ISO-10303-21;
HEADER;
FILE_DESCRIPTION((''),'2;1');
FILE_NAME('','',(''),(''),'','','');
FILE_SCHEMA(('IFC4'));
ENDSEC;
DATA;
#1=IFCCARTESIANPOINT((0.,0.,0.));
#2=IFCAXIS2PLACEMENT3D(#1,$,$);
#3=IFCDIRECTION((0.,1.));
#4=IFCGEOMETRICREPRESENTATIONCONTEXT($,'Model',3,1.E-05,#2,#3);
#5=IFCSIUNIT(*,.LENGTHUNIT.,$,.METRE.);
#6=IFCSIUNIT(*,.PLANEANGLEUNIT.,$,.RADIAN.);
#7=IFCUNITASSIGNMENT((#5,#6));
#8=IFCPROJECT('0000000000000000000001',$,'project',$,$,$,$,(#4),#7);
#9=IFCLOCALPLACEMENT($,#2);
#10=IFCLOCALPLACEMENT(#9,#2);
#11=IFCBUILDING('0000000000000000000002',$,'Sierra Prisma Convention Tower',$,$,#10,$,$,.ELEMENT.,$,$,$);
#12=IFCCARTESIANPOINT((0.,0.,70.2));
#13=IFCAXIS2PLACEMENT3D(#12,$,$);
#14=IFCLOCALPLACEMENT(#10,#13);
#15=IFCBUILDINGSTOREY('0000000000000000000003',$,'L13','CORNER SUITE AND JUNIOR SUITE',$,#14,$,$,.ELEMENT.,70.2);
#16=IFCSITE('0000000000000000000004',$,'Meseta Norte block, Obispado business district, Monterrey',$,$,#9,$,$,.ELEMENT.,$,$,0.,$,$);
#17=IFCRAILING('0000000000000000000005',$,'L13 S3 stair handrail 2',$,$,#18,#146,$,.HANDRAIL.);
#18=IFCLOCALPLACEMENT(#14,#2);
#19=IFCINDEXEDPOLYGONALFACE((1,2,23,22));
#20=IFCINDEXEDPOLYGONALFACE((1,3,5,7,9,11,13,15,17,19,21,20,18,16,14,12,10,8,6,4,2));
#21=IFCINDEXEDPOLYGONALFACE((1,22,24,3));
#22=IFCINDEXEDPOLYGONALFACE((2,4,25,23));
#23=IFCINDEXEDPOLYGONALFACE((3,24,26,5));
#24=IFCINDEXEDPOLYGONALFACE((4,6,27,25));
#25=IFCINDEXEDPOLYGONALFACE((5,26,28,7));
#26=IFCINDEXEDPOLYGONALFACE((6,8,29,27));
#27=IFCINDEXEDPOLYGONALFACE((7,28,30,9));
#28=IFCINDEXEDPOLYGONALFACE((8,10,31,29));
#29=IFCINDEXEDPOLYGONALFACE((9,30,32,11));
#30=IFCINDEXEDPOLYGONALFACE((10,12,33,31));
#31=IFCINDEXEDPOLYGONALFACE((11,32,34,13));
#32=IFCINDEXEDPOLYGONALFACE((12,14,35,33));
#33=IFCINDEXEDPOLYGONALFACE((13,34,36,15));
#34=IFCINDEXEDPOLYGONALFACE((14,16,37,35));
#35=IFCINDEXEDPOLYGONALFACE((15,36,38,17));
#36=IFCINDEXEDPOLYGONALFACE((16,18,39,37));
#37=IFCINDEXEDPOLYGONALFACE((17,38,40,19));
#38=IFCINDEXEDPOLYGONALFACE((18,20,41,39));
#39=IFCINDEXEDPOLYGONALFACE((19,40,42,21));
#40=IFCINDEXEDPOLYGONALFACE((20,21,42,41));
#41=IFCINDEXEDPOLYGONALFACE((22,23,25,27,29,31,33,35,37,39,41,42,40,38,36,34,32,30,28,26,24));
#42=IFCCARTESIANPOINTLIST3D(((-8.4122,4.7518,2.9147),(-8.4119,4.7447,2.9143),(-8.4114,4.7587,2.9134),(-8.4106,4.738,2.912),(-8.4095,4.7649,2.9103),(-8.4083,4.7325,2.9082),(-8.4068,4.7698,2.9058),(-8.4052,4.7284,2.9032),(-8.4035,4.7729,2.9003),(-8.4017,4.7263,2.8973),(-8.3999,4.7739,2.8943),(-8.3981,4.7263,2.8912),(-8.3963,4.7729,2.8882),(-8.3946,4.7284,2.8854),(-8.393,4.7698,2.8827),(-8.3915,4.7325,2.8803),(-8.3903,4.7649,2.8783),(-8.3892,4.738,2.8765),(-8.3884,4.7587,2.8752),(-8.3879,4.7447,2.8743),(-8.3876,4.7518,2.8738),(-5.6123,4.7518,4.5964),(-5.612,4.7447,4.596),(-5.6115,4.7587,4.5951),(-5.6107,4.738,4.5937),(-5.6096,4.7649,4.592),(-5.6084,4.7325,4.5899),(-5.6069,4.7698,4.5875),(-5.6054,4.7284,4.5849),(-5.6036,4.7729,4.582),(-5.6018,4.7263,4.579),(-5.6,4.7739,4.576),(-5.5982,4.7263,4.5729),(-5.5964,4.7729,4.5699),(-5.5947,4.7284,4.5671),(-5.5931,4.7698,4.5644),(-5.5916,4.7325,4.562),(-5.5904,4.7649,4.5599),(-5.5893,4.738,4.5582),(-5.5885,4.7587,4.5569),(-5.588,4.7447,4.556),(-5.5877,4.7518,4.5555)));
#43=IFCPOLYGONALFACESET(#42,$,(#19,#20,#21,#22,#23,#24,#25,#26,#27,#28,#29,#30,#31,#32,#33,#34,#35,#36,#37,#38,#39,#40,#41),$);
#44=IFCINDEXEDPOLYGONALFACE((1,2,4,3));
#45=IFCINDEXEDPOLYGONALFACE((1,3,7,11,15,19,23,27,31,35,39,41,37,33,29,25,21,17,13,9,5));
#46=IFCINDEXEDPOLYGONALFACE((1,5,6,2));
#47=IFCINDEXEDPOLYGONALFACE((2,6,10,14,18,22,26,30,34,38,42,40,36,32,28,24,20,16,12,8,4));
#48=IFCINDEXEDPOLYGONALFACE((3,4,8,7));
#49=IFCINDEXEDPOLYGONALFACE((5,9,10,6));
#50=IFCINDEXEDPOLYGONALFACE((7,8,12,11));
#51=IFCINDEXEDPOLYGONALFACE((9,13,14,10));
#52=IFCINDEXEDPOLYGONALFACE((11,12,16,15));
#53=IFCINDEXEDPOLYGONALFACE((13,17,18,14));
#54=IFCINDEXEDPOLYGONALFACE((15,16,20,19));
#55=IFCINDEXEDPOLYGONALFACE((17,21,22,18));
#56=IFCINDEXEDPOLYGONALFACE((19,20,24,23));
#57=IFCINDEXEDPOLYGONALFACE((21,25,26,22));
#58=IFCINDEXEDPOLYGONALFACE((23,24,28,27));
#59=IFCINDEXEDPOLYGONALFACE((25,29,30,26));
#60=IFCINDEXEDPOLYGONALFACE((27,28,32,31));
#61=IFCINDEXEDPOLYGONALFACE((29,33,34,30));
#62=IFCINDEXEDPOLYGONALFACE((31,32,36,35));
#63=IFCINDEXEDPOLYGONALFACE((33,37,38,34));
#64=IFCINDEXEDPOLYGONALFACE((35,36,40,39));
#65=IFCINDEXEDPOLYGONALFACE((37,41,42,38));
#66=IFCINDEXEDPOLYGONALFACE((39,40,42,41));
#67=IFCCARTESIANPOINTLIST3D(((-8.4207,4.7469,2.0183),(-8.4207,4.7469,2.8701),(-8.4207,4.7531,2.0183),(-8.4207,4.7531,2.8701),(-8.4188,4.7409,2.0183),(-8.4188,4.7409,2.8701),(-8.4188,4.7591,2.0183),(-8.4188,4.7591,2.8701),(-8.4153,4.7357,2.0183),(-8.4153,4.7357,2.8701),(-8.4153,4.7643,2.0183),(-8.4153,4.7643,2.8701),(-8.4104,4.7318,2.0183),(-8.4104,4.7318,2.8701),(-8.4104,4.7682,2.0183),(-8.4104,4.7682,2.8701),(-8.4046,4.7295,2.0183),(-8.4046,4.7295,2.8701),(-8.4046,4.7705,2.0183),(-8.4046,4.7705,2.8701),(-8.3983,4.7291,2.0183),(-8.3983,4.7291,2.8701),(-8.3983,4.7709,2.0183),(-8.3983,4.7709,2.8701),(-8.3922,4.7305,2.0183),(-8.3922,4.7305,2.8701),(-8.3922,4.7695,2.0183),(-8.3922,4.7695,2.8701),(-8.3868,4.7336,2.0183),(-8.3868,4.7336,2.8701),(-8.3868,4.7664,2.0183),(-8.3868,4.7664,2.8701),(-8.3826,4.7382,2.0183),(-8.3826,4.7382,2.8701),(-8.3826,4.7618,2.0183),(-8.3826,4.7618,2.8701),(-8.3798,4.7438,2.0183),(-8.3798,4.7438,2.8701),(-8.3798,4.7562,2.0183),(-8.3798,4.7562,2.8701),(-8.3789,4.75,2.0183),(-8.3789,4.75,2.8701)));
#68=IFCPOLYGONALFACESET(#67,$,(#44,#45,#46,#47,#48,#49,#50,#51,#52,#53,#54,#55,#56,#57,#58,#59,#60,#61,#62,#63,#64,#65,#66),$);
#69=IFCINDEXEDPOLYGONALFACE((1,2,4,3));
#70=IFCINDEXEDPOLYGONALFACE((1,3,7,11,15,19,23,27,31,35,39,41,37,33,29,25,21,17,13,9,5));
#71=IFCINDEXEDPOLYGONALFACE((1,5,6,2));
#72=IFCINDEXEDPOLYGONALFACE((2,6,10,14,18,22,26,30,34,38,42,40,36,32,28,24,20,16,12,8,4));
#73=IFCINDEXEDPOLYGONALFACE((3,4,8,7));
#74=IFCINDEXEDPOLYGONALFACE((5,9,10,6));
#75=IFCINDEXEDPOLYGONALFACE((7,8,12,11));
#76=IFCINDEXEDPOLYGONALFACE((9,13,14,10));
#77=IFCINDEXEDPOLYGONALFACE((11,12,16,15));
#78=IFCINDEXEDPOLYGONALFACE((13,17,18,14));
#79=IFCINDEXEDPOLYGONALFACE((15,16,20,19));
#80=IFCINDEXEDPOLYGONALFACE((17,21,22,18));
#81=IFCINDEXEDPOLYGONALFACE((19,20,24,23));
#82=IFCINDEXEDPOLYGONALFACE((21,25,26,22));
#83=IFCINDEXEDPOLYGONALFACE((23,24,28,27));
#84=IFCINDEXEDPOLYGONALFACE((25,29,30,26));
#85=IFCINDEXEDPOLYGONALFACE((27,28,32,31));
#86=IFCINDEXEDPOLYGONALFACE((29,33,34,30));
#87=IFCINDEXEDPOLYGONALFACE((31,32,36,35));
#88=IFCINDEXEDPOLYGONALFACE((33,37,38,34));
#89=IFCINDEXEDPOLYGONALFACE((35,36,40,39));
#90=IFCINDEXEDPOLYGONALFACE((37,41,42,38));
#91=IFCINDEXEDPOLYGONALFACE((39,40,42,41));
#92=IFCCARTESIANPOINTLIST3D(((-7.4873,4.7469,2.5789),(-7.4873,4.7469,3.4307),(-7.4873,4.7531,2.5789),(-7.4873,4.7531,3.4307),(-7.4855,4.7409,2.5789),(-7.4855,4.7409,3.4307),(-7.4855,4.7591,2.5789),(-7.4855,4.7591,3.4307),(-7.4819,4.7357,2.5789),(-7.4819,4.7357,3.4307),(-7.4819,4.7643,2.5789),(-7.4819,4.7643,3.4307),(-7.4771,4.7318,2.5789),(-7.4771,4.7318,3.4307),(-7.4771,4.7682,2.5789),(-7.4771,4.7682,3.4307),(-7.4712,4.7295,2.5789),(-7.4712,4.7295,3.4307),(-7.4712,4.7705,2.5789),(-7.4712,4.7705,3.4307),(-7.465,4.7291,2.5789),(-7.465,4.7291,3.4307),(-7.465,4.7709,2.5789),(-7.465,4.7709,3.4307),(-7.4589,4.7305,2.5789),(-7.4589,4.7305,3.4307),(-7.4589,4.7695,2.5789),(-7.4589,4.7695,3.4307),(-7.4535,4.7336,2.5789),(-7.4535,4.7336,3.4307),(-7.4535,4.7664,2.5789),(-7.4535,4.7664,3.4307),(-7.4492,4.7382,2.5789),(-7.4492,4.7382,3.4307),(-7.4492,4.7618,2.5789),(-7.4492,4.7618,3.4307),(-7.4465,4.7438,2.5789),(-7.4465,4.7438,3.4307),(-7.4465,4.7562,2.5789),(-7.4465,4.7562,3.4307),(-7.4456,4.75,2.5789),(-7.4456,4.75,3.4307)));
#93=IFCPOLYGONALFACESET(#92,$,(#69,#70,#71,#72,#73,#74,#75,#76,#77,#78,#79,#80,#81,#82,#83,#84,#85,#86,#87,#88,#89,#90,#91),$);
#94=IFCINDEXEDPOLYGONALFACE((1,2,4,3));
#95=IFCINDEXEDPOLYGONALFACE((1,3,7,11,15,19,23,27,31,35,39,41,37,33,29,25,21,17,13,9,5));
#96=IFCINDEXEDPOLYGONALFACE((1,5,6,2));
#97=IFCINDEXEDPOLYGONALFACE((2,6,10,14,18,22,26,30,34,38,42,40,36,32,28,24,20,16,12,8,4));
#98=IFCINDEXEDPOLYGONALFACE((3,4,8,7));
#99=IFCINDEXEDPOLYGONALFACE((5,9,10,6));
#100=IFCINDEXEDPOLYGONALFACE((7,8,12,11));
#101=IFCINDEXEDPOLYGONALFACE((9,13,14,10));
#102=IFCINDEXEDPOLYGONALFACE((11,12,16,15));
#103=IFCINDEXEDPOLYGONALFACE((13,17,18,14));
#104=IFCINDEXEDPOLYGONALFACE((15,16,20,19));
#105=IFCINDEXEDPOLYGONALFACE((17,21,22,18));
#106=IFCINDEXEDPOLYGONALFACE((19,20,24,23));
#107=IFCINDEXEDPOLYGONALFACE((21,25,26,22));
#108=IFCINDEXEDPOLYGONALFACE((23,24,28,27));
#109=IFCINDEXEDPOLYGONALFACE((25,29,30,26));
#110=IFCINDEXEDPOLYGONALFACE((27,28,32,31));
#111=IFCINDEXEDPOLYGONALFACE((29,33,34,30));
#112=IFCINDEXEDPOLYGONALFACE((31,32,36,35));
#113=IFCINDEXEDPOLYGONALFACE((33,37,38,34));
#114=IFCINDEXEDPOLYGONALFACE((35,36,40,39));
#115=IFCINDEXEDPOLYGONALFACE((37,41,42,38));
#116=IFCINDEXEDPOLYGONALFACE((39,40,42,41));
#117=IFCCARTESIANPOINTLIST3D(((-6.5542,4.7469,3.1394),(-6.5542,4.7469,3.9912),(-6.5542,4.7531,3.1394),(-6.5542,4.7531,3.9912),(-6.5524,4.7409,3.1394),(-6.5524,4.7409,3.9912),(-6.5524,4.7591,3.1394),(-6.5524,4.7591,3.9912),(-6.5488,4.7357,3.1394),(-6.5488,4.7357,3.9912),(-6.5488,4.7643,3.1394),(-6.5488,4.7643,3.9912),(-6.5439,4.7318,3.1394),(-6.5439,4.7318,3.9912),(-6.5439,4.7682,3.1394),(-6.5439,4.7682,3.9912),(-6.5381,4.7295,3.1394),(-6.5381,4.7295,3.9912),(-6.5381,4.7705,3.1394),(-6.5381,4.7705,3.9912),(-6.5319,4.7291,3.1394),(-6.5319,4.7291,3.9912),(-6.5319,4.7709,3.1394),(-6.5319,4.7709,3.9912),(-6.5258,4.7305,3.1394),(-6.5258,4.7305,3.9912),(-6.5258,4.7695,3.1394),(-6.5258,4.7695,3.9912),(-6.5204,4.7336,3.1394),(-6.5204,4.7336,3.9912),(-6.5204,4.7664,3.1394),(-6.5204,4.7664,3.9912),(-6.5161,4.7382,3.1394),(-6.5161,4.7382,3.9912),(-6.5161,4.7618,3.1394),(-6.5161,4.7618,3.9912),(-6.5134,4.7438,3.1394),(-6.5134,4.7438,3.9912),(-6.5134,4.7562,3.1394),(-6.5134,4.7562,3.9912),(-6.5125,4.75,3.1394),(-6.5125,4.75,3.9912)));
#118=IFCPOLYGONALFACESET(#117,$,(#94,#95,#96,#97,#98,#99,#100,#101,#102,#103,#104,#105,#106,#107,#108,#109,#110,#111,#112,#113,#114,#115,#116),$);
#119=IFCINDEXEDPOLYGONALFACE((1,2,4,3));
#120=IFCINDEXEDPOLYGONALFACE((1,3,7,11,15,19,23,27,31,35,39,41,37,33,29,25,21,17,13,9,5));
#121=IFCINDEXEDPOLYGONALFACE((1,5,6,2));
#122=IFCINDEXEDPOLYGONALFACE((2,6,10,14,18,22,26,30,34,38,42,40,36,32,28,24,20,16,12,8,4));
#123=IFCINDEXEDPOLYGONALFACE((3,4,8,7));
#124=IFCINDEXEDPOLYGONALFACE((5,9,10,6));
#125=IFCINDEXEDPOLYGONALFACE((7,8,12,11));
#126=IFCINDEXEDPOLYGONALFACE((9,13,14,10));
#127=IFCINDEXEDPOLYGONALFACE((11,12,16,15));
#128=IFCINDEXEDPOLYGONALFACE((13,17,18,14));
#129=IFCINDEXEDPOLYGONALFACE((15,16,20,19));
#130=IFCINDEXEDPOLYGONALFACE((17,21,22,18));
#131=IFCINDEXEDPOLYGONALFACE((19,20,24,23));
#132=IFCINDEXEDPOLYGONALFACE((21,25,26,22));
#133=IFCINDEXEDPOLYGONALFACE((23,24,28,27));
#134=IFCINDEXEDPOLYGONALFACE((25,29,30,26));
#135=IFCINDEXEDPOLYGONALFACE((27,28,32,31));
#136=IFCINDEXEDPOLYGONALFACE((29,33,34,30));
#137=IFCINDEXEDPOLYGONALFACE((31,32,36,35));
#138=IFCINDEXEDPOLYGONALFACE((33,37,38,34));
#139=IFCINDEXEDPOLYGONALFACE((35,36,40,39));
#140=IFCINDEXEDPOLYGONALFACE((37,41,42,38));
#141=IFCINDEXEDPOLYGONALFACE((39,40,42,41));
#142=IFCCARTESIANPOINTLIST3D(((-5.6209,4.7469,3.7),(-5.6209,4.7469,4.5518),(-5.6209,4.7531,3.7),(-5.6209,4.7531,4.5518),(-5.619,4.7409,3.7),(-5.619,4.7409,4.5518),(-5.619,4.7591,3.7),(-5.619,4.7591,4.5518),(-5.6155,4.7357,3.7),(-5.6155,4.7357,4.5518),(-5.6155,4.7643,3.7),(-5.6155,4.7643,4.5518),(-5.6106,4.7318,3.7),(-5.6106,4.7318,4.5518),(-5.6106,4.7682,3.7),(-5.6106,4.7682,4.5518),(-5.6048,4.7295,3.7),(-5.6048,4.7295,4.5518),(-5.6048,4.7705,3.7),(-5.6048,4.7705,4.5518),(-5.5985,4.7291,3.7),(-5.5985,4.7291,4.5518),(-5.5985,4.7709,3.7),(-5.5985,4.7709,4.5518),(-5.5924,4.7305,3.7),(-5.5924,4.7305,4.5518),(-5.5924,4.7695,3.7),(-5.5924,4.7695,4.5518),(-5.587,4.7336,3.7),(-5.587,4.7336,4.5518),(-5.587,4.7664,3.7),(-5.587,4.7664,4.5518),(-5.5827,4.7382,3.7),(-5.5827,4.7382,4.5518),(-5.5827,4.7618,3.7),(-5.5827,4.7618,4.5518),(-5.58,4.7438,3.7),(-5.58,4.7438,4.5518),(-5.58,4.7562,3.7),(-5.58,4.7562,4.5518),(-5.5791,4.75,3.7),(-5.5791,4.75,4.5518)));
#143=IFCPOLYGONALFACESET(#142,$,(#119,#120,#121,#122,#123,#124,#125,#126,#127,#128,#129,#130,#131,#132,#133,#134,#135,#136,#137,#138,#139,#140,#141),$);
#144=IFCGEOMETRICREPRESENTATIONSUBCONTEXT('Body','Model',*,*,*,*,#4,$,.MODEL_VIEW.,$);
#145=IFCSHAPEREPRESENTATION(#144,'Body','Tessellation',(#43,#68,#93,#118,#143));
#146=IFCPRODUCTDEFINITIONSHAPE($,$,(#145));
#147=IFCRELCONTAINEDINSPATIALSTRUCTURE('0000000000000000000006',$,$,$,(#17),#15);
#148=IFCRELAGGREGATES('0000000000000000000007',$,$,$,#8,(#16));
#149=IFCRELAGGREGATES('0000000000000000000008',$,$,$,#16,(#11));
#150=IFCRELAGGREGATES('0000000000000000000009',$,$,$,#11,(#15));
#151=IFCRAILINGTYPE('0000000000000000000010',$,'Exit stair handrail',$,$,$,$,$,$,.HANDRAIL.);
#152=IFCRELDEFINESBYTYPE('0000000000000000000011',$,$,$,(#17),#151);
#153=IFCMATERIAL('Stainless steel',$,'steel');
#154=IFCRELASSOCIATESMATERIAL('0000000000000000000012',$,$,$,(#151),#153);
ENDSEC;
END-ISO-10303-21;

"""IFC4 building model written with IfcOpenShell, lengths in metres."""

from ifc_helpers import new_model, si_unit, direction, frame, origin, origin_2d, place, context, subcontext, project, spatial, circle, extrude, material, type_object, element, save


model = new_model("IFC4")

# Units and contexts
model_context = context("Model", 3, precision=1e-05, world=origin(), true_north=direction((0.0, 1.0)))
body_context = subcontext(model_context, "Body", "Model", "MODEL_VIEW")
ifc_project = project(units=[si_unit("LENGTHUNIT", "METRE"), si_unit("PLANEANGLEUNIT", "RADIAN")], contexts=[model_context])

# Site, building, storey
site_placement = place(None, origin())
site = spatial("IfcSite", under=ifc_project, at=site_placement, Name="Meseta Norte block, Obispado business district, Monterrey", CompositionType="ELEMENT", RefElevation=0.0)
building_placement = place(site_placement, origin())
building = spatial("IfcBuilding", under=site, at=building_placement, Name="Sierra Prisma Convention Tower", CompositionType="ELEMENT")
storey_placement = place(building_placement, frame((0.0, 0.0, 70.2)))
storey = spatial("IfcBuildingStorey", under=building, at=storey_placement, Name="L13", Description="CORNER SUITE AND JUNIOR SUITE", CompositionType="ELEMENT", Elevation=70.2)

# Railing
ifc_material_1 = material(Name="Stainless steel", Category="steel")
railing_type_1 = type_object("IfcRailingType", Name="Exit stair handrail", PredefinedType="HANDRAIL", material=ifc_material_1)
railing_1_placement = place(storey_placement, frame((-8.3999, 4.75, 2.0183)))
element("IfcRailing", 1, at=railing_1_placement, inside=storey, type_object=railing_type_1, Name="L13 S3 stair handrail 2", PredefinedType="HANDRAIL", context=body_context, shape_type="SweptSolid", body=[
    extrude(circle(Radius=0.0239, at=origin_2d()), frame((0.0, 0.0, 0.876), z_axis=(0.857255, 0.0, 0.514891), x_axis=(0.0, 1.0, 0.0)), (0.0, 0.0, 1.0), 3.2661),
    extrude(circle(Radius=0.021, at=origin_2d()), origin(), (0.0, 0.0, 1.0), 0.8518),
    extrude(circle(Radius=0.021, at=origin_2d()), frame((0.9333, 0.0, 0.5605)), (0.0, 0.0, 1.0), 0.8518),
    extrude(circle(Radius=0.021, at=origin_2d()), frame((1.8665, 0.0, 1.1211)), (0.0, 0.0, 1.0), 0.8518),
    extrude(circle(Radius=0.021, at=origin_2d()), frame((2.7998, 0.0, 1.6816)), (0.0, 0.0, 1.0), 0.8518),
])

save(model, "model.ifc")
